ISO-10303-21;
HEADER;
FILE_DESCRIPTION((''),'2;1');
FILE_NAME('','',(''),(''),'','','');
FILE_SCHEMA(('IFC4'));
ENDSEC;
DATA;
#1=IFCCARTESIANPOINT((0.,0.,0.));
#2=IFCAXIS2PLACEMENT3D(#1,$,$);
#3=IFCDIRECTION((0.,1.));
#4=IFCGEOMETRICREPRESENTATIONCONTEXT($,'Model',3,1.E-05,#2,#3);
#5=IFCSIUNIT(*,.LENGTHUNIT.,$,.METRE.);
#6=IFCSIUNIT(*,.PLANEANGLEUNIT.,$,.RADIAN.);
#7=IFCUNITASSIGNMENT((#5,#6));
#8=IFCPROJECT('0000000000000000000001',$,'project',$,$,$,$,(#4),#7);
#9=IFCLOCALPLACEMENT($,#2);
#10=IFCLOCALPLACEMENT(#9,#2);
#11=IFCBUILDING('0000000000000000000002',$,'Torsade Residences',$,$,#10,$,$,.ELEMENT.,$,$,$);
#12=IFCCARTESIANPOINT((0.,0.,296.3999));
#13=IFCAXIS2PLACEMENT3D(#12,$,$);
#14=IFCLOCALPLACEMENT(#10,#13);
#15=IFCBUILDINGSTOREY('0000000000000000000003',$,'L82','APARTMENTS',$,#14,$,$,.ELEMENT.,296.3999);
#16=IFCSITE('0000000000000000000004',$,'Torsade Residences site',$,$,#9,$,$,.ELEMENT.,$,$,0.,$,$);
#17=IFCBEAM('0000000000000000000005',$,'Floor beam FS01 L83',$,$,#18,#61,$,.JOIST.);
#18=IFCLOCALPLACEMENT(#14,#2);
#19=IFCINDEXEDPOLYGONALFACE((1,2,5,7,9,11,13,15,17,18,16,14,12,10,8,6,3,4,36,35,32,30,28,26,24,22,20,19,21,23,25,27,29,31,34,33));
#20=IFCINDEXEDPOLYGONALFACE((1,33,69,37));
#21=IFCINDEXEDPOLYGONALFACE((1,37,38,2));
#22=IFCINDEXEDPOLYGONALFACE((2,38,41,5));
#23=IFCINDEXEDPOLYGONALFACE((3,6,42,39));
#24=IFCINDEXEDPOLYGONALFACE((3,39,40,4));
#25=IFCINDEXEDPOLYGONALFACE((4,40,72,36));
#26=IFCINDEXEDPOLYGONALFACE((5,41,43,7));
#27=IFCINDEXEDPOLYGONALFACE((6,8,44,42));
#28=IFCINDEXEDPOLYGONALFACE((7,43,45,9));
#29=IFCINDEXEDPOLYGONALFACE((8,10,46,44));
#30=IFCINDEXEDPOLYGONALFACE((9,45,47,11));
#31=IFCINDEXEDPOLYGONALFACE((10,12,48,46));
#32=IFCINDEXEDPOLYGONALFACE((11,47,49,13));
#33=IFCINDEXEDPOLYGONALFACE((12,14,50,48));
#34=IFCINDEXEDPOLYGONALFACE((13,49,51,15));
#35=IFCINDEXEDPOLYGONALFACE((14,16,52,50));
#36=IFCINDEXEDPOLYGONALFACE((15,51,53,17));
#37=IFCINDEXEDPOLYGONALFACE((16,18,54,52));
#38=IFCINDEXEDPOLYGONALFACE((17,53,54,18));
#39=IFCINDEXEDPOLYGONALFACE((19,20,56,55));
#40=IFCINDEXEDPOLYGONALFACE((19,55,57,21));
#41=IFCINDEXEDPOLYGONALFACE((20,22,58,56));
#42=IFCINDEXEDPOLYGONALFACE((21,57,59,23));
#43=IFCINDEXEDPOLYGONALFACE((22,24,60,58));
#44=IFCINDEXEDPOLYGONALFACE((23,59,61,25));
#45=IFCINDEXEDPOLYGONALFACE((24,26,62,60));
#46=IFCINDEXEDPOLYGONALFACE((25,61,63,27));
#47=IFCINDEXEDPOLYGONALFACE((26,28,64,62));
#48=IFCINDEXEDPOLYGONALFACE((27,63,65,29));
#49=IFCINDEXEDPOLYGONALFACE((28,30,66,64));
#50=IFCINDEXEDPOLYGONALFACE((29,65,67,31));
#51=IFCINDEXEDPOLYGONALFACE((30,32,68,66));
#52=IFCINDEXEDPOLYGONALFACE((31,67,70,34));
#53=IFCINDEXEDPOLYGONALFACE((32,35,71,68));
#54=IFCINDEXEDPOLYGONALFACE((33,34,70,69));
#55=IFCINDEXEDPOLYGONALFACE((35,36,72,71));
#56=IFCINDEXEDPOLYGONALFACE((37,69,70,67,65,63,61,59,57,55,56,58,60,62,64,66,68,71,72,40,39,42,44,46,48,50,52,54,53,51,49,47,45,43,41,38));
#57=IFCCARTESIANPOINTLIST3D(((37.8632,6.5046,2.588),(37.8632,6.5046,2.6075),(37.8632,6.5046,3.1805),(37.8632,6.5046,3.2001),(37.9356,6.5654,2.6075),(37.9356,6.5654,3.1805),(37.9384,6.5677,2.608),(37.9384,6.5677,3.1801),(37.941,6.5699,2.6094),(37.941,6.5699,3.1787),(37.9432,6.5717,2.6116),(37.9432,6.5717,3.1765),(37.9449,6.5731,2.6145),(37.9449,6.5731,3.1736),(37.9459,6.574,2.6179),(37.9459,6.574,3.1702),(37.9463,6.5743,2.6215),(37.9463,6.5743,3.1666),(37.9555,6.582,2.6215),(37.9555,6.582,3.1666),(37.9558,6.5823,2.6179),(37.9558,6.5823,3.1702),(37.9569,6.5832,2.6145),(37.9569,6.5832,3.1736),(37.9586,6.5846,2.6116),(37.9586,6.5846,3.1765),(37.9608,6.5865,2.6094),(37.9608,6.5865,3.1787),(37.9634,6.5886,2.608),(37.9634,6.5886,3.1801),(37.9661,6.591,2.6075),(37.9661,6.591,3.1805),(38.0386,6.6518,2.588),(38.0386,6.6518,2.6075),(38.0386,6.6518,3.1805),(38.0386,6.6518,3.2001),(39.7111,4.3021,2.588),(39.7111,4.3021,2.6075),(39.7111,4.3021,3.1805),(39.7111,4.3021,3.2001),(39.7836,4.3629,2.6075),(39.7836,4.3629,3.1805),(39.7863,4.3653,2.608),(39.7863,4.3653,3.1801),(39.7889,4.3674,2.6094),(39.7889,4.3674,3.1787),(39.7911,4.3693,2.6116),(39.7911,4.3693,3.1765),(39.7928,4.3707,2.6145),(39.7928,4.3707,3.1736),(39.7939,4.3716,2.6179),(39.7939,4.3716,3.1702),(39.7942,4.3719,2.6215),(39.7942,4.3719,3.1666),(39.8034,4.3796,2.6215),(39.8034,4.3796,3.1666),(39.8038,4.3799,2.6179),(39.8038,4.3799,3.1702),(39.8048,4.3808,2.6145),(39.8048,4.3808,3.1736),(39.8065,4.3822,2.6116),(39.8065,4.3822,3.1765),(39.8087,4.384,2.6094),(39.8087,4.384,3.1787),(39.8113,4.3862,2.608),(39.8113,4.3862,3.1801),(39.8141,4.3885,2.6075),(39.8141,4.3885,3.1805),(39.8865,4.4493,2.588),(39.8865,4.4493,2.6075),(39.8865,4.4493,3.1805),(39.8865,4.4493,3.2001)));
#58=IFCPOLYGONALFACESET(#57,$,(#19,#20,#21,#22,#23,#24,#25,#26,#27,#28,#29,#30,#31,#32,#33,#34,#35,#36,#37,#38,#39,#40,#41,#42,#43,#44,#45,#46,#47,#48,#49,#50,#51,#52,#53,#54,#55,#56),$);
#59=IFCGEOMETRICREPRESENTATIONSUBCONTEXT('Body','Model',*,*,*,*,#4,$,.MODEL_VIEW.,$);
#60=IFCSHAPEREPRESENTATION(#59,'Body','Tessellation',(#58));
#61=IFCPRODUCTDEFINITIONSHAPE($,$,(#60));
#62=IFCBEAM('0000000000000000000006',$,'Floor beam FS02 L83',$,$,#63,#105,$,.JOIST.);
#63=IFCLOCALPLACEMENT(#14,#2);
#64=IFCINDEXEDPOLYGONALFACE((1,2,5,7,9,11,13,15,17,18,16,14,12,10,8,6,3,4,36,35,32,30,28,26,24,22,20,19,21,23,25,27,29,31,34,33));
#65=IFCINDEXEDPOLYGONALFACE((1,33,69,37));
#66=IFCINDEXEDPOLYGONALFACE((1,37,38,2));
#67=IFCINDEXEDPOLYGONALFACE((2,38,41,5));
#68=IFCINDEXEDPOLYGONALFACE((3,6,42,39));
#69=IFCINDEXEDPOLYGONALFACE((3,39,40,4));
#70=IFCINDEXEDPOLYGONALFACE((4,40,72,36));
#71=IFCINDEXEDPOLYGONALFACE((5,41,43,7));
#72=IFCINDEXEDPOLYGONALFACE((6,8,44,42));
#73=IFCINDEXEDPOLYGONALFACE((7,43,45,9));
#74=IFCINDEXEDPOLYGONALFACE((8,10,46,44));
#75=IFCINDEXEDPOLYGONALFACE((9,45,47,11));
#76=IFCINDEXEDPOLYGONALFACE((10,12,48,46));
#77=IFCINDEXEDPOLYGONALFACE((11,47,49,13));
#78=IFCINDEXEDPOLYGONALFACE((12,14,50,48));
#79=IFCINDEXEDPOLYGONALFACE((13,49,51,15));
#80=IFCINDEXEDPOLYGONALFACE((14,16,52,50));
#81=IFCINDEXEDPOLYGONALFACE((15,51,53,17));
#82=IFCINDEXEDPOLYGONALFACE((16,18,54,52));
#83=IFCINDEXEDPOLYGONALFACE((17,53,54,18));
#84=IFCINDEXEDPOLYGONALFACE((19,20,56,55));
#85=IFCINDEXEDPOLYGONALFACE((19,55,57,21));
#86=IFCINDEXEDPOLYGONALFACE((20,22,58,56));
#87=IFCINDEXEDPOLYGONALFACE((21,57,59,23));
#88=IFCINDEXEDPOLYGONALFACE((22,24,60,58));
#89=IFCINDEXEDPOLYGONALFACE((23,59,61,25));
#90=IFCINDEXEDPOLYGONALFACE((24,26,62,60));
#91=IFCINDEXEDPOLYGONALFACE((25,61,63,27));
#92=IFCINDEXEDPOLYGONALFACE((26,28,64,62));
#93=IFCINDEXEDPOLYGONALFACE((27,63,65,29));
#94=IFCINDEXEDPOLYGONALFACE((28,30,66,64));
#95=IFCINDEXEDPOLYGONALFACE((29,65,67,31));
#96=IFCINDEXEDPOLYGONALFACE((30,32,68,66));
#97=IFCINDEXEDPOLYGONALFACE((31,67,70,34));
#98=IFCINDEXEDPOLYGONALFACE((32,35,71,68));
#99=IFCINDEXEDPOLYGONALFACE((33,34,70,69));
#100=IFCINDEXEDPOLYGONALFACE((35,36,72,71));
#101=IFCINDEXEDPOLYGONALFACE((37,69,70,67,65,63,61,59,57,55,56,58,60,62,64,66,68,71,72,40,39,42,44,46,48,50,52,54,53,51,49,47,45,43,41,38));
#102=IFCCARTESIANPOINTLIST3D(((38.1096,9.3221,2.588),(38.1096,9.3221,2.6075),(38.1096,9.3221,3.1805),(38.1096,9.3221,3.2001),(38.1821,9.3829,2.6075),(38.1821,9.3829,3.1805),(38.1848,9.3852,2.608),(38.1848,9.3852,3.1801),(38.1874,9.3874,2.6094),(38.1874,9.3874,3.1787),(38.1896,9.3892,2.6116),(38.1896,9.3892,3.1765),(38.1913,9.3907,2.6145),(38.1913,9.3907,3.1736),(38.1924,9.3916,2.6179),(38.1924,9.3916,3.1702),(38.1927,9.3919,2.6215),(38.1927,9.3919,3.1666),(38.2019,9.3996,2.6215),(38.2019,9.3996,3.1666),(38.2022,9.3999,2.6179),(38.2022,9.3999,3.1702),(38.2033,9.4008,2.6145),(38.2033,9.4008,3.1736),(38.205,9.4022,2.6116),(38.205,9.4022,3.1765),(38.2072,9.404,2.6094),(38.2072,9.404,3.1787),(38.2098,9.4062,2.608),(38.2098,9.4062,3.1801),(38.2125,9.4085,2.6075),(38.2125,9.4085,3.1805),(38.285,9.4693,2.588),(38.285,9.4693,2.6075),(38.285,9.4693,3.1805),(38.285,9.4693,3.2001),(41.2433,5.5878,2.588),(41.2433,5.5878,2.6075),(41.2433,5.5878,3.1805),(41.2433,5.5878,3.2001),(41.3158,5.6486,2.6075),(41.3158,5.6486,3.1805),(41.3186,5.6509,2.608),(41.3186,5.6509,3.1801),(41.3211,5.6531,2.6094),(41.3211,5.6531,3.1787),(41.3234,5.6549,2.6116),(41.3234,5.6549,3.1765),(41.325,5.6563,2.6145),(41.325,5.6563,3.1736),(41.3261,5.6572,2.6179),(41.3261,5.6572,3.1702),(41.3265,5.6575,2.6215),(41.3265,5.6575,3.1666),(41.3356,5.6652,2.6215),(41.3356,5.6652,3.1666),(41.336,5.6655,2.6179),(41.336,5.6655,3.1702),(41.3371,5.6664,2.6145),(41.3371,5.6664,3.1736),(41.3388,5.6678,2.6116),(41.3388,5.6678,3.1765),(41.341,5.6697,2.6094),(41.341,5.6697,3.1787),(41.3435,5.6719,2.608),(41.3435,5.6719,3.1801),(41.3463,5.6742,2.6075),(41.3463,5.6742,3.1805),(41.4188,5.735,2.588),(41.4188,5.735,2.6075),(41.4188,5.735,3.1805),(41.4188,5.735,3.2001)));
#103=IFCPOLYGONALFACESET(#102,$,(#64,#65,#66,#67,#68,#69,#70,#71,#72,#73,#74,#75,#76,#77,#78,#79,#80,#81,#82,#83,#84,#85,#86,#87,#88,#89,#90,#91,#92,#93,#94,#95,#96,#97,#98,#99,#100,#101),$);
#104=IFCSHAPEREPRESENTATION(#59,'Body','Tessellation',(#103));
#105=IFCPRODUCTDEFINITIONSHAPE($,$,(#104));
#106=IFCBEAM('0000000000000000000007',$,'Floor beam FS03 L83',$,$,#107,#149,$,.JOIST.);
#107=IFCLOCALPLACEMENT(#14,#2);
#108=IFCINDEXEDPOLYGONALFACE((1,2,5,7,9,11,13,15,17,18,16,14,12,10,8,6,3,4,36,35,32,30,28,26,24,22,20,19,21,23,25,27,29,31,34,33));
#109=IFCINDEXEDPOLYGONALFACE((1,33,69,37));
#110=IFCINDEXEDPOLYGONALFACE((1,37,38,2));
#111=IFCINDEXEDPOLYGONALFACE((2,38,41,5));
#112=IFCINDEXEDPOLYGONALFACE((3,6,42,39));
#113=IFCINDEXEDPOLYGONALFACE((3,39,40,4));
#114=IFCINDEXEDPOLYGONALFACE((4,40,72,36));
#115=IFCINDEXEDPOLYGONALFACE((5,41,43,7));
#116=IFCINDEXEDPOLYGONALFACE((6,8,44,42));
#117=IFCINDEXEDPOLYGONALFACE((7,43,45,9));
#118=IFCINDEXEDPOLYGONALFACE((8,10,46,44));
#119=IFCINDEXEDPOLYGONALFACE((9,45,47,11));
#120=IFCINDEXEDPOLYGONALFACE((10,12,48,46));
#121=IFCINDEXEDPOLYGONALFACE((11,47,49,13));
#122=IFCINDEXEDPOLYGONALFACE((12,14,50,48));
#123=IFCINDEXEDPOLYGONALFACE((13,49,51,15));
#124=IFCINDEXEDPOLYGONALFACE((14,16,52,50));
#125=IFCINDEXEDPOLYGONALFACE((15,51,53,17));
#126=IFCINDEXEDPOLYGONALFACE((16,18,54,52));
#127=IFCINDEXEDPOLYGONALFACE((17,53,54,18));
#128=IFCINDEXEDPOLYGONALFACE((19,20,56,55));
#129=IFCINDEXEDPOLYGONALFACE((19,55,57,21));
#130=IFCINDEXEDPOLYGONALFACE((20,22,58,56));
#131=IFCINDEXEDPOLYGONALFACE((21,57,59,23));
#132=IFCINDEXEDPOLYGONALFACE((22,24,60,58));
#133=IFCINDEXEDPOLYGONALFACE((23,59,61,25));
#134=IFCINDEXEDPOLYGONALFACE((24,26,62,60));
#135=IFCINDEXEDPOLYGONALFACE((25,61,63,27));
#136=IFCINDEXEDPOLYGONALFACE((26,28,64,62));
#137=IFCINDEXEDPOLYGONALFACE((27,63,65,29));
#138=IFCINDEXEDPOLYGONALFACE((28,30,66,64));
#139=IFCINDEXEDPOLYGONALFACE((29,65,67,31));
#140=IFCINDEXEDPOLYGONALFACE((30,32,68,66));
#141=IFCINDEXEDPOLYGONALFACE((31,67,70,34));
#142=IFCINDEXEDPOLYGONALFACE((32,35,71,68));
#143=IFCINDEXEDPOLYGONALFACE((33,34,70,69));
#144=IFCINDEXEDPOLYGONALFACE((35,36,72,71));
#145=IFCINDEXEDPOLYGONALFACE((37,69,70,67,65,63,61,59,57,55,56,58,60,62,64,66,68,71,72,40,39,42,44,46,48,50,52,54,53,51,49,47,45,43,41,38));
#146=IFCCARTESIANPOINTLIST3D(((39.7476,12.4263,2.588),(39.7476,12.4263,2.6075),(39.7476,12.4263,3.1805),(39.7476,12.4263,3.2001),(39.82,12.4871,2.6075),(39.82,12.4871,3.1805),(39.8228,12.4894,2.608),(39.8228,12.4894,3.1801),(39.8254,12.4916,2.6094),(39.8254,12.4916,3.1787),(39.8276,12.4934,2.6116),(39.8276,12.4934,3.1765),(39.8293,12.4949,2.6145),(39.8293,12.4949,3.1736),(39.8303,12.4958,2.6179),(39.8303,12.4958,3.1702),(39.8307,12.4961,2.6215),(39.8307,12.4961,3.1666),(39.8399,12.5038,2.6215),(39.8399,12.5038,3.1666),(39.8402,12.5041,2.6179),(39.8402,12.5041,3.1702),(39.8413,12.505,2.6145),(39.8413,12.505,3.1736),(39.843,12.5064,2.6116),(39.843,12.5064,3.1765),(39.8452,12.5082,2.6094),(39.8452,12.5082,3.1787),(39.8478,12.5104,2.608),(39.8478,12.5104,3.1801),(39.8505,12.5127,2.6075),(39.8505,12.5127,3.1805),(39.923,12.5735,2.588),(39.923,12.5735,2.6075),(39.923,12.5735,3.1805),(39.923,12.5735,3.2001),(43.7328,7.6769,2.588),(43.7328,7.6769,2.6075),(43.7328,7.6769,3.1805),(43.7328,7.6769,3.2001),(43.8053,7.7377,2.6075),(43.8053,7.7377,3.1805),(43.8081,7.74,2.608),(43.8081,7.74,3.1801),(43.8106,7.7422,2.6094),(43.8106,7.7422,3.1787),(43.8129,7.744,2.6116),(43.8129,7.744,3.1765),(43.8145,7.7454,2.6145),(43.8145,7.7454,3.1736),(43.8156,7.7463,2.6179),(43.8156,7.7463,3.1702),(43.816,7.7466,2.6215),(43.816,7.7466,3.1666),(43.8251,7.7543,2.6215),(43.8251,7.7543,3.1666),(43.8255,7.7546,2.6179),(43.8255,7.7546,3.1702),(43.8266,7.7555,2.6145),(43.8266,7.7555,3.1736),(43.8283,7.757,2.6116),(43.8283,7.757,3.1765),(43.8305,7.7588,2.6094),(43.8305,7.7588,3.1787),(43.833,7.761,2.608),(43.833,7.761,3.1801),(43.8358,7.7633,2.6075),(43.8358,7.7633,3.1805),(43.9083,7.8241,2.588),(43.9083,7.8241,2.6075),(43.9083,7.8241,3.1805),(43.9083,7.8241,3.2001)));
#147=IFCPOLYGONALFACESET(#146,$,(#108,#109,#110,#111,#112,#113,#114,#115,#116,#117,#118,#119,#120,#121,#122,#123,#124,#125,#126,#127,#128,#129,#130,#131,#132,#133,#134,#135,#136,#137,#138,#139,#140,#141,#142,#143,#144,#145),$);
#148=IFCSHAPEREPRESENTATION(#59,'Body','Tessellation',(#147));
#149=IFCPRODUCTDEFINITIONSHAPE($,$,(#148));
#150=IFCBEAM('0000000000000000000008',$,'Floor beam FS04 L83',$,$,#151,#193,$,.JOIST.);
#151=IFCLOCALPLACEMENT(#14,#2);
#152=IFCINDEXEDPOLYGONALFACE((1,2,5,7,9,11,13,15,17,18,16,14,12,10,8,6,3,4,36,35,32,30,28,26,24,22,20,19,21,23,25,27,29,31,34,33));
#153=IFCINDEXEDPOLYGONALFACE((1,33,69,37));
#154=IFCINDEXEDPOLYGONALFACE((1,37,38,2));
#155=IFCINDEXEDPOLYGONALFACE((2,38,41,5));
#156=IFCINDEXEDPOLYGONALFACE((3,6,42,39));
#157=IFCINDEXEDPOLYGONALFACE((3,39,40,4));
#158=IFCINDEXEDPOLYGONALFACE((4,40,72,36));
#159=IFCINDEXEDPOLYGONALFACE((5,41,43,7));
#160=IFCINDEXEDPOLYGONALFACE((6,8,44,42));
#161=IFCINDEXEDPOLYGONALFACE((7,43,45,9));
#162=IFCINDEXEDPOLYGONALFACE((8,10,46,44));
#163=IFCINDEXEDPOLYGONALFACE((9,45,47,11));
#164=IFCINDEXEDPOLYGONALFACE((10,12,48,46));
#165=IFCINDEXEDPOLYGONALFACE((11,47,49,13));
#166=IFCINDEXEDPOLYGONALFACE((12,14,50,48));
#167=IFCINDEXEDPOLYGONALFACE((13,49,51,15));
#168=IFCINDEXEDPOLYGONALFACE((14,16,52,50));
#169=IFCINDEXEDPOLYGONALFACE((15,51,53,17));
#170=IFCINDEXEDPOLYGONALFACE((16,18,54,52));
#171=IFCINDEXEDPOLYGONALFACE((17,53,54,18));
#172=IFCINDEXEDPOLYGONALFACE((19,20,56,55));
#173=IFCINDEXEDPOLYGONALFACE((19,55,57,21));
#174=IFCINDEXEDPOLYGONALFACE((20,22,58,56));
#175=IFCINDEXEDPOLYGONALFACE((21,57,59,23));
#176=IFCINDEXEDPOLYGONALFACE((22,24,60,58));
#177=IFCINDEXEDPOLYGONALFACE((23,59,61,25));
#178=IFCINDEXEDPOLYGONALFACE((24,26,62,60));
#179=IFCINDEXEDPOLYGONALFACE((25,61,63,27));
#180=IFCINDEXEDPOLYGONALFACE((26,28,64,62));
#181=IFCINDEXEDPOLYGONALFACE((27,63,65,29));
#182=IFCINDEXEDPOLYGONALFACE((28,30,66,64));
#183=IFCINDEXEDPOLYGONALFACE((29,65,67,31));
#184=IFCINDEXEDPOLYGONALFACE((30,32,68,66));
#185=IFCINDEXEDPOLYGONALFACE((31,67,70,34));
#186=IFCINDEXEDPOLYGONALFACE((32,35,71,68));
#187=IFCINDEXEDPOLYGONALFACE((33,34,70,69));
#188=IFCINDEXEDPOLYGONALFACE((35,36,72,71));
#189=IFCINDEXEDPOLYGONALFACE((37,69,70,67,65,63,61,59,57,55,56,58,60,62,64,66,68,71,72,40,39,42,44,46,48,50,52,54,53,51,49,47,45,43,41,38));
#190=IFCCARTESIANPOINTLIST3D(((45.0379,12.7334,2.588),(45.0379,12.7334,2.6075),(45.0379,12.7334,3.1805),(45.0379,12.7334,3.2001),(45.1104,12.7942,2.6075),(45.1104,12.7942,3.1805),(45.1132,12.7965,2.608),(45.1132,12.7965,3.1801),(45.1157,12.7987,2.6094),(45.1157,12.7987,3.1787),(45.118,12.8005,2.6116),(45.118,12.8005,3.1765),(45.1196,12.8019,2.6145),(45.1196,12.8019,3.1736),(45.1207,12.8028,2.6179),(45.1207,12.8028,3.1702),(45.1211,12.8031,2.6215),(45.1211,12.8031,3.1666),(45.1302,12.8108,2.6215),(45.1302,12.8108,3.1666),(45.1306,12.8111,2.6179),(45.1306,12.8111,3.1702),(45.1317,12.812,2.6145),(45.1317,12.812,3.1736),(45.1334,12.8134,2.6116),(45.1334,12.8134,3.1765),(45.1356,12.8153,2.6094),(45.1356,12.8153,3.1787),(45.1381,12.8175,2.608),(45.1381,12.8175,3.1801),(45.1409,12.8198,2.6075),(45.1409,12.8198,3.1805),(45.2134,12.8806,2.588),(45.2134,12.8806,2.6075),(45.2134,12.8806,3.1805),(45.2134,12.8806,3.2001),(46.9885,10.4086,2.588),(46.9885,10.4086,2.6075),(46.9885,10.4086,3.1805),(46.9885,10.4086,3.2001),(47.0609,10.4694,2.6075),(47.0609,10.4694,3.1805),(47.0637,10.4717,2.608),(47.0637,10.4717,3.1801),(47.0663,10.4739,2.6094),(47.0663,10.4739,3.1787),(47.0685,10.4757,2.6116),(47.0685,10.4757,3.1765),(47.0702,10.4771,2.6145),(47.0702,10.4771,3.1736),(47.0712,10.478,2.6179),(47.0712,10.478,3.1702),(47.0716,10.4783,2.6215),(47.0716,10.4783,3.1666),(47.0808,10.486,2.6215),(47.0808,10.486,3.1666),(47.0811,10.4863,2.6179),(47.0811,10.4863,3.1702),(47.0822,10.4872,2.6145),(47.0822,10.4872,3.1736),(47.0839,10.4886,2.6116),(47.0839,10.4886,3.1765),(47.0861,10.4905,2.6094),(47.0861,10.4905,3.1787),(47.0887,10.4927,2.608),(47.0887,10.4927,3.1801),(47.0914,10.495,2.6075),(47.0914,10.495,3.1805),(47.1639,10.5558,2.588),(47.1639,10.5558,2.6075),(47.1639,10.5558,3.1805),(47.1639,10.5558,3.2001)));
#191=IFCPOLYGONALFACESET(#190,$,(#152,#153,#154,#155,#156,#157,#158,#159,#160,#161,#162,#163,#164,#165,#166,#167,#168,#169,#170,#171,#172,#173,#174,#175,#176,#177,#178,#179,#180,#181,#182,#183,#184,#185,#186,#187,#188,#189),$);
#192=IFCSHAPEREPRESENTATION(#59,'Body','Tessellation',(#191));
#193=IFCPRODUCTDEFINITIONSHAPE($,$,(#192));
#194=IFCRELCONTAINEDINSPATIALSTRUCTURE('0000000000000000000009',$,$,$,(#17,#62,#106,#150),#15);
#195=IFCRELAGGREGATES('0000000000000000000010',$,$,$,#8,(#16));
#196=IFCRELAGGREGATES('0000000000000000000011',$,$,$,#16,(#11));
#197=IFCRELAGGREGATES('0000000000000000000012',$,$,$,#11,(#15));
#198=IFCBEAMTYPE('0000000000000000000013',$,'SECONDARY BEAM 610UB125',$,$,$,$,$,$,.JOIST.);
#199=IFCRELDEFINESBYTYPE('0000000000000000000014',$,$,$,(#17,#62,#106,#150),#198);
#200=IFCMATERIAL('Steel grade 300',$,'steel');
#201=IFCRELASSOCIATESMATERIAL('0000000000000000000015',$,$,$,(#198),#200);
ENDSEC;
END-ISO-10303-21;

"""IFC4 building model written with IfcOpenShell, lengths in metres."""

from ifc_helpers import new_model, si_unit, direction, frame, origin, origin_2d, place, context, subcontext, project, spatial, i_section, extrude, material, material_profile, profile_set, type_object, element, save


model = new_model("IFC4")

# Units and contexts
model_context = context("Model", 3, precision=1e-05, world=origin(), true_north=direction((0.0, 1.0)))
body_context = subcontext(model_context, "Body", "Model", "MODEL_VIEW")
ifc_project = project(units=[si_unit("LENGTHUNIT", "METRE"), si_unit("PLANEANGLEUNIT", "RADIAN")], contexts=[model_context])

# Site, building, storey
site_placement = place(None, origin())
site = spatial("IfcSite", under=ifc_project, at=site_placement, Name="Torsade Residences site", CompositionType="ELEMENT", RefElevation=0.0)
building_placement = place(site_placement, origin())
building = spatial("IfcBuilding", under=site, at=building_placement, Name="Torsade Residences", CompositionType="ELEMENT")
storey_placement = place(building_placement, frame((0.0, 0.0, 296.3999)))
storey = spatial("IfcBuildingStorey", under=building, at=storey_placement, Name="L82", Description="APARTMENTS", CompositionType="ELEMENT", Elevation=296.3999)

# Beams
ifc_material_1 = material(Name="Steel grade 300", Category="steel")
ifc_material_profile_1 = material_profile(ifc_material_1, i_section(OverallWidth=0.229, OverallDepth=0.6121, WebThickness=0.012, FlangeThickness=0.0195, FilletRadius=0.0139, at=origin_2d()), Name="610UB125")
ifc_profile_set_1 = profile_set([ifc_material_profile_1], Name="Steel grade 300")
beam_type_1 = type_object("IfcBeamType", Name="SECONDARY BEAM 610UB125", PredefinedType="JOIST", material=ifc_profile_set_1)
beam_1_placement = place(storey_placement, frame((39.7988, 4.3757, 2.894), z_axis=(-0.642762, 0.766066, 0.0), x_axis=(-0.766066, -0.642762, 0.0)))
element("IfcBeam", 1, at=beam_1_placement, inside=storey, type_object=beam_type_1, Name="Floor beam FS01 L83", PredefinedType="JOIST", context=body_context, shape_type="SweptSolid", body=[
    extrude(i_section(OverallWidth=0.229, OverallDepth=0.6121, WebThickness=0.012, FlangeThickness=0.0195, FilletRadius=0.0139, at=origin_2d()), origin(), (0.0, 0.0, 1.0), 2.875),
])
beam_2_placement = place(storey_placement, frame((41.3311, 5.6614, 2.894), z_axis=(-0.642821, 0.766017, 0.0), x_axis=(-0.766017, -0.642821, 0.0)))
element("IfcBeam", 2, at=beam_2_placement, inside=storey, type_object=beam_type_1, Name="Floor beam FS02 L83", PredefinedType="JOIST", context=body_context, shape_type="SweptSolid", body=[
    extrude(i_section(OverallWidth=0.229, OverallDepth=0.6121, WebThickness=0.012, FlangeThickness=0.0195, FilletRadius=0.0139, at=origin_2d()), origin(), (0.0, 0.0, 1.0), 4.875),
])
beam_3_placement = place(storey_placement, frame((43.8206, 7.7505, 2.894), z_axis=(-0.642791, 0.766041, 0.0), x_axis=(-0.766041, -0.642791, 0.0)))
element("IfcBeam", 3, at=beam_3_placement, inside=storey, type_object=beam_type_1, Name="Floor beam FS03 L83", PredefinedType="JOIST", context=body_context, shape_type="SweptSolid", body=[
    extrude(i_section(OverallWidth=0.229, OverallDepth=0.6121, WebThickness=0.012, FlangeThickness=0.0195, FilletRadius=0.0139, at=origin_2d()), origin(), (0.0, 0.0, 1.0), 6.2),
])
beam_4_placement = place(storey_placement, frame((47.0762, 10.4822, 2.894), z_axis=(-0.642745, 0.76608, 0.0), x_axis=(-0.76608, -0.642745, 0.0)))
element("IfcBeam", 4, at=beam_4_placement, inside=storey, type_object=beam_type_1, Name="Floor beam FS04 L83", PredefinedType="JOIST", context=body_context, shape_type="SweptSolid", body=[
    extrude(i_section(OverallWidth=0.229, OverallDepth=0.6121, WebThickness=0.012, FlangeThickness=0.0195, FilletRadius=0.0139, at=origin_2d()), origin(), (0.0, 0.0, 1.0), 3.0347),
])

save(model, "model.ifc")
